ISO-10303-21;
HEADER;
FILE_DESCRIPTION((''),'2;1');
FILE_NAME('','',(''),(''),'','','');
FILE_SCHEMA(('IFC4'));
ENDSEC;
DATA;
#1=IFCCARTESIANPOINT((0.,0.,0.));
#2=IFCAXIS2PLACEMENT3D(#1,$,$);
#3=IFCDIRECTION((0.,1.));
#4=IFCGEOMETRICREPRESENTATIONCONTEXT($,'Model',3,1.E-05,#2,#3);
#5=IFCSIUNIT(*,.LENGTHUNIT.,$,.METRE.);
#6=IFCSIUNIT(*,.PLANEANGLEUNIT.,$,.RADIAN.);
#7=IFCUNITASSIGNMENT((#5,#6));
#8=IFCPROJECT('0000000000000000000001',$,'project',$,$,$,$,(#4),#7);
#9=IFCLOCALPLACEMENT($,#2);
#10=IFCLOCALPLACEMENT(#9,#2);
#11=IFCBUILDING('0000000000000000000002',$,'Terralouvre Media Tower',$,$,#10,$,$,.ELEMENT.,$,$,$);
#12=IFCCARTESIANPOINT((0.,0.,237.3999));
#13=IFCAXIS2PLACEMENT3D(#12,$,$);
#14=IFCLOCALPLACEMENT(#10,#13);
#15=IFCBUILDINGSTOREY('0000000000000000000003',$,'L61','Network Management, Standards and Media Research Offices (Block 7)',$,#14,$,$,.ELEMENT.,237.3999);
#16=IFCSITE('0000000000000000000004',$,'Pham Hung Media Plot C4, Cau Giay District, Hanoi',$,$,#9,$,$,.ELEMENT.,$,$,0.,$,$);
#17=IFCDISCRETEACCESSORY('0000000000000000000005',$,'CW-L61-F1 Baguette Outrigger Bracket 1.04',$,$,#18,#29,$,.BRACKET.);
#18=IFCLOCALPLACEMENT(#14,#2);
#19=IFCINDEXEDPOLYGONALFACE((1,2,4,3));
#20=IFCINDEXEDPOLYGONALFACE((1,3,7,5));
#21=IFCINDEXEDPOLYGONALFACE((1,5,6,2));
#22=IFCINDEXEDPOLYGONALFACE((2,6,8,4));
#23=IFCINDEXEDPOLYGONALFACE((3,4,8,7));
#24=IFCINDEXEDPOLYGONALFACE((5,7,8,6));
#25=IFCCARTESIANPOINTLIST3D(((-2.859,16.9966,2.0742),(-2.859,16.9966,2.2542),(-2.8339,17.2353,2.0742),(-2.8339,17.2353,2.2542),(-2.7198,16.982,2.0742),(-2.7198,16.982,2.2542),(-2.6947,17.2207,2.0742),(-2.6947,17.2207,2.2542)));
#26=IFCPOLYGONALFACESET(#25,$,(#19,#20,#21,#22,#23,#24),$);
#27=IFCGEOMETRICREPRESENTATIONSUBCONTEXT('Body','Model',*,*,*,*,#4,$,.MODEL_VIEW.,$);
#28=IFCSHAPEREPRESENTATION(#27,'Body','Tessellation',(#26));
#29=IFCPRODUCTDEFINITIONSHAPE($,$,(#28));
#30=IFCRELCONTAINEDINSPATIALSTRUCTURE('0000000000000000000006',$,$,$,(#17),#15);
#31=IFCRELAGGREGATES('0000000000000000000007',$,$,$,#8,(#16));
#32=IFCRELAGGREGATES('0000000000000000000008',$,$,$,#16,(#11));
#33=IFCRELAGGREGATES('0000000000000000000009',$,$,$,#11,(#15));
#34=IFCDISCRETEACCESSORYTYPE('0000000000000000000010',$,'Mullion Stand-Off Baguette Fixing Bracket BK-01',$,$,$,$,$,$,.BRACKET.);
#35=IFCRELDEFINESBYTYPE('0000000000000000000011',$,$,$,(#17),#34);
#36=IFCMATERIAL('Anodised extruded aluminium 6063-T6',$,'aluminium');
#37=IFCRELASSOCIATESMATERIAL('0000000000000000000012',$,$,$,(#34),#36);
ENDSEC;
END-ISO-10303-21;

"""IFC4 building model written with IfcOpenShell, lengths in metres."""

from ifc_helpers import new_model, si_unit, direction, frame, origin, origin_2d, place, context, subcontext, project, spatial, rectangle, extrude, material, type_object, element, save


model = new_model("IFC4")

# Units and contexts
model_context = context("Model", 3, precision=1e-05, world=origin(), true_north=direction((0.0, 1.0)))
body_context = subcontext(model_context, "Body", "Model", "MODEL_VIEW")
ifc_project = project(units=[si_unit("LENGTHUNIT", "METRE"), si_unit("PLANEANGLEUNIT", "RADIAN")], contexts=[model_context])

# Site, building, storey
site_placement = place(None, origin())
site = spatial("IfcSite", under=ifc_project, at=site_placement, Name="Pham Hung Media Plot C4, Cau Giay District, Hanoi", CompositionType="ELEMENT", RefElevation=0.0)
building_placement = place(site_placement, origin())
building = spatial("IfcBuilding", under=site, at=building_placement, Name="Terralouvre Media Tower", CompositionType="ELEMENT")
storey_placement = place(building_placement, frame((0.0, 0.0, 237.3999)))
storey = spatial("IfcBuildingStorey", under=building, at=storey_placement, Name="L61", Description="Network Management, Standards and Media Research Offices (Block 7)", CompositionType="ELEMENT", Elevation=237.3999)

# Discrete accessory
ifc_material_1 = material(Name="Anodised extruded aluminium 6063-T6", Category="aluminium")
discrete_accessory_type = type_object("IfcDiscreteAccessoryType", Name="Mullion Stand-Off Baguette Fixing Bracket BK-01", PredefinedType="BRACKET", material=ifc_material_1)
discrete_accessory_placement = place(storey_placement, frame((-2.7769, 17.1086, 2.0742), z_axis=(0.0, 0.0, 1.0), x_axis=(-0.994522, 0.104529, 0.0)))
element("IfcDiscreteAccessory", 1, at=discrete_accessory_placement, inside=storey, type_object=discrete_accessory_type, Name="CW-L61-F1 Baguette Outrigger Bracket 1.04", PredefinedType="BRACKET", context=body_context, shape_type="SweptSolid", body=[
    extrude(rectangle(XDim=0.1399, YDim=0.24, at=origin_2d()), origin(), (0.0, 0.0, 1.0), 0.1799),
])

save(model, "model.ifc")
